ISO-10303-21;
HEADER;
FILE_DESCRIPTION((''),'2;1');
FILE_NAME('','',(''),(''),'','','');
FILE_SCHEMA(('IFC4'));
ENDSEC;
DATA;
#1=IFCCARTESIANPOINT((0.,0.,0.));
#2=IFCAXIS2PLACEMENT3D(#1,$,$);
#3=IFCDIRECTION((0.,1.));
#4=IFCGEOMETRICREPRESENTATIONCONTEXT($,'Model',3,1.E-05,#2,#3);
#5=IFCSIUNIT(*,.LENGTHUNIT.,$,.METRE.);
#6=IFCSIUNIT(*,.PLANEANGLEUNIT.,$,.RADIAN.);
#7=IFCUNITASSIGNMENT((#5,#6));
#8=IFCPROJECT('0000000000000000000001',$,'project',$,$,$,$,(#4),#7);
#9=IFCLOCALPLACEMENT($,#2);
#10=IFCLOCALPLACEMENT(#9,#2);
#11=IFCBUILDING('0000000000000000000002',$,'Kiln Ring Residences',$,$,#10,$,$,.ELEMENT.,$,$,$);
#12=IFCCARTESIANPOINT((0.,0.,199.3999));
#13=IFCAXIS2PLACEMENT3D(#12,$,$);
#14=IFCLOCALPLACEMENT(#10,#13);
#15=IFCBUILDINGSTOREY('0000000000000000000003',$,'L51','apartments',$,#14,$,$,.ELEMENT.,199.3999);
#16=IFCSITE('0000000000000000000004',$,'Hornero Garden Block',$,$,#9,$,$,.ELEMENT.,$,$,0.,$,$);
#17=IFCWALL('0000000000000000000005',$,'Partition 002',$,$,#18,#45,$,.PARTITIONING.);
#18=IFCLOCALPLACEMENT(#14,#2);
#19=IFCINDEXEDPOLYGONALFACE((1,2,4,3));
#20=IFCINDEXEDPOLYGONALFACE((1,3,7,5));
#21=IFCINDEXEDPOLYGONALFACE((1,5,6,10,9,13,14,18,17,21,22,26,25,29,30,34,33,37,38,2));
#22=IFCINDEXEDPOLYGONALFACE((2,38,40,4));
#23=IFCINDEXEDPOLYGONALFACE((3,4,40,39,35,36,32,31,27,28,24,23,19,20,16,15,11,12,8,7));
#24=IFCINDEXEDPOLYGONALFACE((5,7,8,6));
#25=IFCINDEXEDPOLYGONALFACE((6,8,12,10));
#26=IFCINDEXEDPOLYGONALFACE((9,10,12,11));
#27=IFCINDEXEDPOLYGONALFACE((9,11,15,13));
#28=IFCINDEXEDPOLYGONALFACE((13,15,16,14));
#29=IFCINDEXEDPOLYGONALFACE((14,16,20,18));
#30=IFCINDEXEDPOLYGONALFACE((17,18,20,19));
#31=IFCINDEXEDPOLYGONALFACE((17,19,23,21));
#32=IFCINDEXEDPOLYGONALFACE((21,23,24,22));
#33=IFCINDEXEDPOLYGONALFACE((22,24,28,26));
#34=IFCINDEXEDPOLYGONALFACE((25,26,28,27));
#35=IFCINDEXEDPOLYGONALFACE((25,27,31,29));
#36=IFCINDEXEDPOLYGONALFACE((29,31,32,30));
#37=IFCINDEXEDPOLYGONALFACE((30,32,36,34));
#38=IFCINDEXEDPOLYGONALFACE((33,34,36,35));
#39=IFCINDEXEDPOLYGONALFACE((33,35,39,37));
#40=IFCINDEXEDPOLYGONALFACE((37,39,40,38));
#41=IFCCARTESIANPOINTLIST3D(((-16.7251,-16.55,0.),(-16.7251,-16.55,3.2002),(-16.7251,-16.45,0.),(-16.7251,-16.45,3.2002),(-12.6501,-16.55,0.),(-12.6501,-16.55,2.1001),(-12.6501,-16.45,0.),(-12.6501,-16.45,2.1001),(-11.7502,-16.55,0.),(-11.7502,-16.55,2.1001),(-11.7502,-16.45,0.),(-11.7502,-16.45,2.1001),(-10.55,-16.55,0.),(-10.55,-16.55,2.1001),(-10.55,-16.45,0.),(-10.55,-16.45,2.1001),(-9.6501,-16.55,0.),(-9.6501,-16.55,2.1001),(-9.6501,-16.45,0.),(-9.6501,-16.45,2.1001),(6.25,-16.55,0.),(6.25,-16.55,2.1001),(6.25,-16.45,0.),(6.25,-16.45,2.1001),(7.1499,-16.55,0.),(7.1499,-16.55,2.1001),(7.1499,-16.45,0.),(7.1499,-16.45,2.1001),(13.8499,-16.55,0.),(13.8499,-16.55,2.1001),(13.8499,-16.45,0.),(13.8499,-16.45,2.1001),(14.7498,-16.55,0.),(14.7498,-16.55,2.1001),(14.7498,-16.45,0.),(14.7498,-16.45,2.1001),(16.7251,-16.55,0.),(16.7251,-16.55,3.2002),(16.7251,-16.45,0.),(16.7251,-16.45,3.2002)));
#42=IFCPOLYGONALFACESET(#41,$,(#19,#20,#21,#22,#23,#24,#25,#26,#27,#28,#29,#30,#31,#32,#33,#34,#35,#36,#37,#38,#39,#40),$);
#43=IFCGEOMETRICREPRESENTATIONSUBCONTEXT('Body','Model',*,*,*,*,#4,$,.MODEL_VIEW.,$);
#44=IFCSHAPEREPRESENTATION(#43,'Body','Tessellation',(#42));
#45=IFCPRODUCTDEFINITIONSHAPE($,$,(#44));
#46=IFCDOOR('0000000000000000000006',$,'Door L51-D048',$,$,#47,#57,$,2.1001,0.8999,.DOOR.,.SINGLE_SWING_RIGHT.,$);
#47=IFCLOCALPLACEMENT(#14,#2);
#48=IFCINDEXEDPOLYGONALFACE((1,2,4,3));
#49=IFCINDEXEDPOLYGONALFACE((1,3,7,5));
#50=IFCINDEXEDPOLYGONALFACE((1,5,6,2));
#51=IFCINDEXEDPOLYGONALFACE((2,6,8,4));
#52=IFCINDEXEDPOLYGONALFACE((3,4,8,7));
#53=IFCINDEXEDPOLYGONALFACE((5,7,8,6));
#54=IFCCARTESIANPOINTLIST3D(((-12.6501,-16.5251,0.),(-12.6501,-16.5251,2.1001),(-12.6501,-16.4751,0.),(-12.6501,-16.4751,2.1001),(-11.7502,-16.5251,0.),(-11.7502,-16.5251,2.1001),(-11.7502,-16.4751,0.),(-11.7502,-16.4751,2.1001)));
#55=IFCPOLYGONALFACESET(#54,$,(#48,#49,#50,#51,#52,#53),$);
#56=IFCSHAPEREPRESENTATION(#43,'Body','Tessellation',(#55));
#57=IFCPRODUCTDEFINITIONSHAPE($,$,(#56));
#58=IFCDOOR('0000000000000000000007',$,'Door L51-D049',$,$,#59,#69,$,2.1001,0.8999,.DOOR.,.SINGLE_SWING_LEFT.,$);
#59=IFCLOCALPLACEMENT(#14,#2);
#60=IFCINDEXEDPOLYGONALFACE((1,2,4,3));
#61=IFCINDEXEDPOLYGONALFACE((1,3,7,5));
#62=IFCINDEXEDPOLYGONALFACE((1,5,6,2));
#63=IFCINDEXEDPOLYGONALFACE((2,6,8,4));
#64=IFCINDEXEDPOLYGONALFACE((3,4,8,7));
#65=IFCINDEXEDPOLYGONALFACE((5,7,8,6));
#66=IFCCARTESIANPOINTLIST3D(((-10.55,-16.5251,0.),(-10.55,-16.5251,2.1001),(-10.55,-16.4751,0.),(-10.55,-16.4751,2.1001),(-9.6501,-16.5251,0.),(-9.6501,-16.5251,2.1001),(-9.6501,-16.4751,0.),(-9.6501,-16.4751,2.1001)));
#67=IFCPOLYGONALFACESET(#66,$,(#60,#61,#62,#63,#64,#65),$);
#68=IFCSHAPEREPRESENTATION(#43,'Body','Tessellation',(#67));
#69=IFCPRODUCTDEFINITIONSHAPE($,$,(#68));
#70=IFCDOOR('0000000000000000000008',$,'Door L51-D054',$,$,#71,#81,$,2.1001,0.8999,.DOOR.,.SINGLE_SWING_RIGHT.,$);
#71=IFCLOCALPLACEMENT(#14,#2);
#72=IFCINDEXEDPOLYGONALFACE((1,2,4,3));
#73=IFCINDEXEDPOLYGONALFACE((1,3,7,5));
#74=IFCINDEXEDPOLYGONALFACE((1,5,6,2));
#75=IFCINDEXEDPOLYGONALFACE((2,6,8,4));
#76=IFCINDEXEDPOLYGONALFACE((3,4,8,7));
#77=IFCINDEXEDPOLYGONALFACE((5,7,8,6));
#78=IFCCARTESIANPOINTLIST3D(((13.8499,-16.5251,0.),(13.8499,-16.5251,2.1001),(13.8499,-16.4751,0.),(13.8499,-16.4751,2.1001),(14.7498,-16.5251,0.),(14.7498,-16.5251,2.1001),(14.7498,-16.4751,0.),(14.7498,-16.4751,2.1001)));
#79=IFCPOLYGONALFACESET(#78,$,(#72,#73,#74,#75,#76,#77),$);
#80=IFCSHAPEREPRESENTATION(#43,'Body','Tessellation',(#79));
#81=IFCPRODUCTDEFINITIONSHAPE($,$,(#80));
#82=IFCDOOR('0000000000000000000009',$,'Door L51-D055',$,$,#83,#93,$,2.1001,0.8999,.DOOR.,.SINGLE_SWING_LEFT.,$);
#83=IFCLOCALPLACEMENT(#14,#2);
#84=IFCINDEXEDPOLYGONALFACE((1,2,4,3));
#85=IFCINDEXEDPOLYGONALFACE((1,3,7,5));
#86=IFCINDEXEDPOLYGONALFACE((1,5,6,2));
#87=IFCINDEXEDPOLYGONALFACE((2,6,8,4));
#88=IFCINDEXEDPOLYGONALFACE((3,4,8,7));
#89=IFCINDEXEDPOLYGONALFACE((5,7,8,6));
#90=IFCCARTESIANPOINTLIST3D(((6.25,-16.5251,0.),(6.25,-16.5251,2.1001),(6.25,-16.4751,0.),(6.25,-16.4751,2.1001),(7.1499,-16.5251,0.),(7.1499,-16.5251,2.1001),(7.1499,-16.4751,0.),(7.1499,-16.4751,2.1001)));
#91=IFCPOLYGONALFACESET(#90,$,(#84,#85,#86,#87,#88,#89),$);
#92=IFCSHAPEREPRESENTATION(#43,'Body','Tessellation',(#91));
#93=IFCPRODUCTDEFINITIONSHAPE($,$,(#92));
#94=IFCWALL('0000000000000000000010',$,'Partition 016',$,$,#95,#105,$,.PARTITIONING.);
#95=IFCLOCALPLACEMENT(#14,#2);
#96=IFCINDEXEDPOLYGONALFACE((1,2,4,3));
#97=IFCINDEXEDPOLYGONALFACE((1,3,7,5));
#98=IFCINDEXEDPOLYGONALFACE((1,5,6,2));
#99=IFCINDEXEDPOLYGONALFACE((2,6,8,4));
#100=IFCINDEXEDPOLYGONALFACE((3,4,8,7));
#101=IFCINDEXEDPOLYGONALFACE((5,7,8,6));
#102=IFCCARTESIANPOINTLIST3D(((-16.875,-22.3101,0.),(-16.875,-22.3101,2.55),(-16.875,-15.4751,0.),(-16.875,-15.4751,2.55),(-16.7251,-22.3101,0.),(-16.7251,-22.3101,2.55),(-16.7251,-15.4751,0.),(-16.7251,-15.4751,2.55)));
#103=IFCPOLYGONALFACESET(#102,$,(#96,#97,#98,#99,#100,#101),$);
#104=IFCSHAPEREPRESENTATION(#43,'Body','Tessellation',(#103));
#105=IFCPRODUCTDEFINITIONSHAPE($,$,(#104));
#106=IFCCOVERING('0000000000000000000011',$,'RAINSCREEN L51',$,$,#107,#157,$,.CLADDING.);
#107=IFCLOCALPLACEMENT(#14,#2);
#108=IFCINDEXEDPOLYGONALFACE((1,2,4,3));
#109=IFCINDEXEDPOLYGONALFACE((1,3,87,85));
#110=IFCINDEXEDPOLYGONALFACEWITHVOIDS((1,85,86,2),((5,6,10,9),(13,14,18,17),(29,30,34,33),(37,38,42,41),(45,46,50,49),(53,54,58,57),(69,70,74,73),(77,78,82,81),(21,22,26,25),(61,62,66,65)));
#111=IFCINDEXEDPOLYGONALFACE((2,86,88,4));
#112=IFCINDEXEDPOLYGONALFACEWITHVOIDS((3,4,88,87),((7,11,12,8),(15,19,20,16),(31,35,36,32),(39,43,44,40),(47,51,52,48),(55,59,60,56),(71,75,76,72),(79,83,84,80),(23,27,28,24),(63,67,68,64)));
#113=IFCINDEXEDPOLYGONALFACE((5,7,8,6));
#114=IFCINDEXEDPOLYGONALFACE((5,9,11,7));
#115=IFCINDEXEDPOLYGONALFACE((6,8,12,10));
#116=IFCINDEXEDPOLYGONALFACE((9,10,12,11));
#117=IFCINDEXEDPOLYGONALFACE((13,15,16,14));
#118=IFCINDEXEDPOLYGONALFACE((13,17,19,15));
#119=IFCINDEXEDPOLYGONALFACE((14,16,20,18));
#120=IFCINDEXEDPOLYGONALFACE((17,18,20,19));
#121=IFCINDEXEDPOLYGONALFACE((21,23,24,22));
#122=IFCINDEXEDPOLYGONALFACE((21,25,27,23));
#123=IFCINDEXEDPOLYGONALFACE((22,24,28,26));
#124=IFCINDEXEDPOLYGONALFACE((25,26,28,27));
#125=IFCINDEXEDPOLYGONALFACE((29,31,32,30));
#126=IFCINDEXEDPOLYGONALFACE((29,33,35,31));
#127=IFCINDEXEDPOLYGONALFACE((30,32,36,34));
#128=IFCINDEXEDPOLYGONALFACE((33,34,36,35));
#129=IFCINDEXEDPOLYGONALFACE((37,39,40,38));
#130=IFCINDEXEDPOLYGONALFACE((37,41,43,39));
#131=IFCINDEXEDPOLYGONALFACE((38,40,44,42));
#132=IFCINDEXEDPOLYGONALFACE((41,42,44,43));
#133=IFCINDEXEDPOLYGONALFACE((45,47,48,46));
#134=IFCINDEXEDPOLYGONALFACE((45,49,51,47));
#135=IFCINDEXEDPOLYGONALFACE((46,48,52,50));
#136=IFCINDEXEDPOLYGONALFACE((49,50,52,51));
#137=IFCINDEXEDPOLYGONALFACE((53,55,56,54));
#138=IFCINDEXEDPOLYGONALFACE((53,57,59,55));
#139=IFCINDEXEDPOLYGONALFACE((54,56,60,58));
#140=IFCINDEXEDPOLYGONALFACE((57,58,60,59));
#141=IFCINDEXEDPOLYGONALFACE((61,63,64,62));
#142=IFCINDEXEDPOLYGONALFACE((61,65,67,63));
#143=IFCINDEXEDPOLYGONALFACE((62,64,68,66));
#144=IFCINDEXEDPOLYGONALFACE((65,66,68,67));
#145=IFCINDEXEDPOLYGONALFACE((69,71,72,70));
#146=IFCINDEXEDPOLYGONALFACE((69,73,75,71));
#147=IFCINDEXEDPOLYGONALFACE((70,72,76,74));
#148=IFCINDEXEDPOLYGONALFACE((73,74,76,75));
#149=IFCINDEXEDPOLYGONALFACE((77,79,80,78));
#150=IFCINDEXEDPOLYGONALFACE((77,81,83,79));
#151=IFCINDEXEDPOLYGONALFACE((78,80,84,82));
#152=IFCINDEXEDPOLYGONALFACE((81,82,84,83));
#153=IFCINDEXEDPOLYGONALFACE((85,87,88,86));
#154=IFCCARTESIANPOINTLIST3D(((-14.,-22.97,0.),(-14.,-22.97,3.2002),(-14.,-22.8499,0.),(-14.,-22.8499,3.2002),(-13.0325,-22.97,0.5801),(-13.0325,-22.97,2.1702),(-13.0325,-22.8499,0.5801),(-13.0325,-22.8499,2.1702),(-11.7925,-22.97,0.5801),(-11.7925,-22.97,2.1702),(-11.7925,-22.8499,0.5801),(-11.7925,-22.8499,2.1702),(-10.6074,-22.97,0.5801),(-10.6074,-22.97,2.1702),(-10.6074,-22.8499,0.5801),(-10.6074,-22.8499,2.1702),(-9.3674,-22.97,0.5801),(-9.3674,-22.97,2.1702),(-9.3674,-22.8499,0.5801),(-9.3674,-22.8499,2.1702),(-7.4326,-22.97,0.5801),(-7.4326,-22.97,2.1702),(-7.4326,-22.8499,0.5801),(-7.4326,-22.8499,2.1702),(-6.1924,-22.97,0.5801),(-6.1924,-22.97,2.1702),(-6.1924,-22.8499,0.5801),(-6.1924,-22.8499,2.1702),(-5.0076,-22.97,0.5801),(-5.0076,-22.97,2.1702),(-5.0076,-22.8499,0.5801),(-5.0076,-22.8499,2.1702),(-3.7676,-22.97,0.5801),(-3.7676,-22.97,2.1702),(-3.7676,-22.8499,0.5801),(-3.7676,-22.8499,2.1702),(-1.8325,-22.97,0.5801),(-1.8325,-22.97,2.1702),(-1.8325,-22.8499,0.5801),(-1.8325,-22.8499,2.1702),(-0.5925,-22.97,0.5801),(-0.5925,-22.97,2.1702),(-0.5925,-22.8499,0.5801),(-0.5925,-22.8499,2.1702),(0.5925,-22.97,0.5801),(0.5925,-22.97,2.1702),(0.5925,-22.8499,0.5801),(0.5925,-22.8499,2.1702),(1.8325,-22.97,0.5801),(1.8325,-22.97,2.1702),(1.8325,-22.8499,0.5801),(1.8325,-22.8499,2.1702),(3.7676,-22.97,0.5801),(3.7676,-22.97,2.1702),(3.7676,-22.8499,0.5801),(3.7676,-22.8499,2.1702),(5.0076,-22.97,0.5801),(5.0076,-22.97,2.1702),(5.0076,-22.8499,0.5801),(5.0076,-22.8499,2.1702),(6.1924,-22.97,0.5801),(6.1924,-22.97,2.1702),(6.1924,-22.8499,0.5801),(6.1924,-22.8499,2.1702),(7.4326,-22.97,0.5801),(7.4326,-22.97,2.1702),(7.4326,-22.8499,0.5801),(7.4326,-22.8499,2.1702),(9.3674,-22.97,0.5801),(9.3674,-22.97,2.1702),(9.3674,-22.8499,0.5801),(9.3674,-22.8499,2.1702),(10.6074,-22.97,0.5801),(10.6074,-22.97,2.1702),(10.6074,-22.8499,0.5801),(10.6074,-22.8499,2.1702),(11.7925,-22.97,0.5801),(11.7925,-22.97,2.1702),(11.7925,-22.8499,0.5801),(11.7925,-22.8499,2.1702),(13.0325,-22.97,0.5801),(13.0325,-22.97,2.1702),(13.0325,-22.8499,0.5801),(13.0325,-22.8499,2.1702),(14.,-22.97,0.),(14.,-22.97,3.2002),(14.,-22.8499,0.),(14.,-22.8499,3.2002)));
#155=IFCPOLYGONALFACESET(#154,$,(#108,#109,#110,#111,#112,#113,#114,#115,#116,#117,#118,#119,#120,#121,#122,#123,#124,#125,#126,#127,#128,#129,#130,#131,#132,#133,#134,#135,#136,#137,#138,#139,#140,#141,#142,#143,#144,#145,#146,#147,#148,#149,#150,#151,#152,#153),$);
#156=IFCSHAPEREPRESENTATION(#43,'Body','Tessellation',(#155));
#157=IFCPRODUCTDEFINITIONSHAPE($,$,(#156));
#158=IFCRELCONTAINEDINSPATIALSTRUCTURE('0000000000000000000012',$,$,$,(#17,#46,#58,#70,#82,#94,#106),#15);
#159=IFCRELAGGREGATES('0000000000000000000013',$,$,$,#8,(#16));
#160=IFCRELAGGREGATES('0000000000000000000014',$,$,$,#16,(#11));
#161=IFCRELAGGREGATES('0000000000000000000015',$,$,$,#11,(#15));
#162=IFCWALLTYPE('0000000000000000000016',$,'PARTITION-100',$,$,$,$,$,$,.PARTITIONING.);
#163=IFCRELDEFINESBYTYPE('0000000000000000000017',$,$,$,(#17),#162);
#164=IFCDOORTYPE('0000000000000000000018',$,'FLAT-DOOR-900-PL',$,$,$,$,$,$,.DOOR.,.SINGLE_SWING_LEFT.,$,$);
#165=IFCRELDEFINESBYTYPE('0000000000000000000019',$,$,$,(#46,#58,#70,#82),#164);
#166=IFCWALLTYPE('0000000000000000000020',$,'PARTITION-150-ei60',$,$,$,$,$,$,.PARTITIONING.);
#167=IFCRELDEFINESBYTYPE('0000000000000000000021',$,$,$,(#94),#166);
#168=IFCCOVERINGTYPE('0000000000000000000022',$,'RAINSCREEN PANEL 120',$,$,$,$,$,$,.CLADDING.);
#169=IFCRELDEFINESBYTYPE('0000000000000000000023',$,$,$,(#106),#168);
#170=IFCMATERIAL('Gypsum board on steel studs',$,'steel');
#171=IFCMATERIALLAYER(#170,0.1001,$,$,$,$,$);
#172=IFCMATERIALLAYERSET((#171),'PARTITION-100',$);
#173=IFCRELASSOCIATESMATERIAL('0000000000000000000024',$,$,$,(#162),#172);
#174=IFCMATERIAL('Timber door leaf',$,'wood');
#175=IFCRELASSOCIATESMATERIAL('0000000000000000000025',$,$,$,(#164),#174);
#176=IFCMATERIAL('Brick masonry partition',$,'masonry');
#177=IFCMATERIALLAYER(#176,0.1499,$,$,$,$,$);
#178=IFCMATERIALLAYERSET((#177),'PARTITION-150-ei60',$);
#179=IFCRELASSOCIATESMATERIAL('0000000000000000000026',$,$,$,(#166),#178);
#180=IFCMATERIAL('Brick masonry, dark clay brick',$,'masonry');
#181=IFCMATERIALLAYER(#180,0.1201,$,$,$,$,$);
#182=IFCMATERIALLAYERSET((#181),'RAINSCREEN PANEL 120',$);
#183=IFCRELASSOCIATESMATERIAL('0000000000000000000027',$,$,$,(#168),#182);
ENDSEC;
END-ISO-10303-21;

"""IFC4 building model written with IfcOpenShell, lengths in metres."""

from ifc_helpers import new_model, si_unit, direction, frame, frame_2d, origin, place, context, subcontext, project, spatial, polyline, rectangle, outline, extrude, material, layer, layer_set, type_object, element, fill, save


model = new_model("IFC4")

# Units and contexts
model_context = context("Model", 3, precision=1e-05, world=origin(), true_north=direction((0.0, 1.0)))
body_context = subcontext(model_context, "Body", "Model", "MODEL_VIEW")
ifc_project = project(units=[si_unit("LENGTHUNIT", "METRE"), si_unit("PLANEANGLEUNIT", "RADIAN")], contexts=[model_context])

# Site, building, storey
site_placement = place(None, origin())
site = spatial("IfcSite", under=ifc_project, at=site_placement, Name="Hornero Garden Block", CompositionType="ELEMENT", RefElevation=0.0)
building_placement = place(site_placement, origin())
building = spatial("IfcBuilding", under=site, at=building_placement, Name="Kiln Ring Residences", CompositionType="ELEMENT")
storey_placement = place(building_placement, frame((0.0, 0.0, 199.3999)))
storey = spatial("IfcBuildingStorey", under=building, at=storey_placement, Name="L51", Description="apartments", CompositionType="ELEMENT", Elevation=199.3999)

# Wall, openings, doors
ifc_material_1 = material(Name="Gypsum board on steel studs", Category="steel")
ifc_layer_1 = layer(ifc_material_1, 0.1001)
ifc_layer_set_1 = layer_set([ifc_layer_1], Name="PARTITION-100")
wall_type_1 = type_object("IfcWallType", Name="PARTITION-100", PredefinedType="PARTITIONING", material=ifc_layer_set_1)
wall_1_placement = place(storey_placement, frame((-16.7251, -16.5, 0.0), z_axis=(0.0, 0.0, 1.0), x_axis=(1.0, 0.0, 0.0)))
wall_1 = element("IfcWall", 1, at=wall_1_placement, inside=storey, type_object=wall_type_1, Name="Partition 002", PredefinedType="PARTITIONING", context=body_context, shape_type="SweptSolid", body=[
    extrude(rectangle(XDim=33.4502, YDim=0.1001, at=frame_2d((16.7251, 0.0))), origin(), (0.0, 0.0, 1.0), 3.2002),
])
opening_1_placement = place(wall_1_placement, frame((4.075, 0.0, 0.0)))
opening_1 = element("IfcOpeningElement", 2, at=opening_1_placement, cuts=wall_1, PredefinedType="OPENING", context=body_context, shape_type="SweptSolid", body=[
    extrude(rectangle(XDim=0.8999, YDim=2.1001, at=frame_2d((0.45, 1.05))), frame((0.0, 0.0601, 0.0), z_axis=(0.0, -1.0, 0.0), x_axis=(1.0, 0.0, 0.0)), (0.0, 0.0, 1.0), 0.1201),
])
opening_2_placement = place(wall_1_placement, frame((6.175, 0.0, 0.0)))
opening_2 = element("IfcOpeningElement", 3, at=opening_2_placement, cuts=wall_1, PredefinedType="OPENING", context=body_context, shape_type="SweptSolid", body=[
    extrude(rectangle(XDim=0.8999, YDim=2.1001, at=frame_2d((0.45, 1.05))), frame((0.0, 0.0601, 0.0), z_axis=(0.0, -1.0, 0.0), x_axis=(1.0, 0.0, 0.0)), (0.0, 0.0, 1.0), 0.1201),
])
opening_3_placement = place(wall_1_placement, frame((30.575, 0.0, 0.0)))
opening_3 = element("IfcOpeningElement", 4, at=opening_3_placement, cuts=wall_1, PredefinedType="OPENING", context=body_context, shape_type="SweptSolid", body=[
    extrude(rectangle(XDim=0.8999, YDim=2.1001, at=frame_2d((0.45, 1.05))), frame((0.0, 0.0601, 0.0), z_axis=(0.0, -1.0, 0.0), x_axis=(1.0, 0.0, 0.0)), (0.0, 0.0, 1.0), 0.1201),
])
opening_4_placement = place(wall_1_placement, frame((22.9751, 0.0, 0.0)))
opening_4 = element("IfcOpeningElement", 5, at=opening_4_placement, cuts=wall_1, PredefinedType="OPENING", context=body_context, shape_type="SweptSolid", body=[
    extrude(rectangle(XDim=0.8999, YDim=2.1001, at=frame_2d((0.45, 1.05))), frame((0.0, 0.0601, 0.0), z_axis=(0.0, -1.0, 0.0), x_axis=(1.0, 0.0, 0.0)), (0.0, 0.0, 1.0), 0.1201),
])
ifc_material_2 = material(Name="Timber door leaf", Category="wood")
door_type = type_object("IfcDoorType", Name="FLAT-DOOR-900-PL", OperationType="SINGLE_SWING_LEFT", PredefinedType="DOOR", material=ifc_material_2)
door_1_placement = place(opening_1_placement, origin())
door_1 = element("IfcDoor", 6, at=door_1_placement, inside=storey, type_object=door_type, Name="Door L51-D048", OperationType="SINGLE_SWING_RIGHT", OverallHeight=2.1001, OverallWidth=0.8999, PredefinedType="DOOR", context=body_context, shape_type="SweptSolid", body=[
    extrude(rectangle(XDim=0.8999, YDim=2.1001, at=frame_2d((0.45, 1.05))), frame((0.0, 0.0249, 0.0), z_axis=(0.0, -1.0, 0.0), x_axis=(1.0, 0.0, 0.0)), (0.0, 0.0, 1.0), 0.05),
])
fill(opening_1, door_1)
door_2_placement = place(opening_2_placement, origin())
door_2 = element("IfcDoor", 7, at=door_2_placement, inside=storey, type_object=door_type, Name="Door L51-D049", OperationType="SINGLE_SWING_LEFT", OverallHeight=2.1001, OverallWidth=0.8999, PredefinedType="DOOR", context=body_context, shape_type="SweptSolid", body=[
    extrude(rectangle(XDim=0.8999, YDim=2.1001, at=frame_2d((0.45, 1.05))), frame((0.0, 0.0249, 0.0), z_axis=(0.0, -1.0, 0.0), x_axis=(1.0, 0.0, 0.0)), (0.0, 0.0, 1.0), 0.05),
])
fill(opening_2, door_2)
door_3_placement = place(opening_3_placement, origin())
door_3 = element("IfcDoor", 8, at=door_3_placement, inside=storey, type_object=door_type, Name="Door L51-D054", OperationType="SINGLE_SWING_RIGHT", OverallHeight=2.1001, OverallWidth=0.8999, PredefinedType="DOOR", context=body_context, shape_type="SweptSolid", body=[
    extrude(rectangle(XDim=0.8999, YDim=2.1001, at=frame_2d((0.45, 1.05))), frame((0.0, 0.0249, 0.0), z_axis=(0.0, -1.0, 0.0), x_axis=(1.0, 0.0, 0.0)), (0.0, 0.0, 1.0), 0.05),
])
fill(opening_3, door_3)
door_4_placement = place(opening_4_placement, origin())
door_4 = element("IfcDoor", 9, at=door_4_placement, inside=storey, type_object=door_type, Name="Door L51-D055", OperationType="SINGLE_SWING_LEFT", OverallHeight=2.1001, OverallWidth=0.8999, PredefinedType="DOOR", context=body_context, shape_type="SweptSolid", body=[
    extrude(rectangle(XDim=0.8999, YDim=2.1001, at=frame_2d((0.45, 1.05))), frame((0.0, 0.0249, 0.0), z_axis=(0.0, -1.0, 0.0), x_axis=(1.0, 0.0, 0.0)), (0.0, 0.0, 1.0), 0.05),
])
fill(opening_4, door_4)

# Wall
ifc_material_3 = material(Name="Brick masonry partition", Category="masonry")
ifc_layer_2 = layer(ifc_material_3, 0.1499)
ifc_layer_set_2 = layer_set([ifc_layer_2], Name="PARTITION-150-ei60")
wall_type_2 = type_object("IfcWallType", Name="PARTITION-150-ei60", PredefinedType="PARTITIONING", material=ifc_layer_set_2)
wall_2_placement = place(storey_placement, frame((-16.8, -22.3101, 0.0), z_axis=(0.0, 0.0, 1.0), x_axis=(0.0, 1.0, 0.0)))
element("IfcWall", 10, at=wall_2_placement, inside=storey, type_object=wall_type_2, Name="Partition 016", PredefinedType="PARTITIONING", context=body_context, shape_type="SweptSolid", body=[
    extrude(rectangle(XDim=6.835, YDim=0.1499, at=frame_2d((3.4175, 0.0))), origin(), (0.0, 0.0, 1.0), 2.55),
])

# Covering
ifc_material_4 = material(Name="Brick masonry, dark clay brick", Category="masonry")
ifc_layer_3 = layer(ifc_material_4, 0.1201)
ifc_layer_set_3 = layer_set([ifc_layer_3], Name="RAINSCREEN PANEL 120")
covering_type = type_object("IfcCoveringType", Name="RAINSCREEN PANEL 120", PredefinedType="CLADDING", material=ifc_layer_set_3)
covering_placement = place(storey_placement, frame((-14.0, -22.9099, 0.0), z_axis=(0.0, 0.0, 1.0), x_axis=(1.0, 0.0, 0.0)))
element("IfcCovering", 11, at=covering_placement, inside=storey, type_object=covering_type, Name="RAINSCREEN L51", PredefinedType="CLADDING", context=body_context, shape_type="SweptSolid", body=[
    extrude(outline(polyline([(0.0, 0.0), (28.0, 0.0), (28.0, 3.2002), (0.0, 3.2002), (0.0, 0.0)]), holes=[polyline([(0.9675, 0.5801), (2.2075, 0.5801), (2.2075, 2.1702), (0.9675, 2.1702), (0.9675, 0.5801)]), polyline([(3.3926, 0.5801), (4.6326, 0.5801), (4.6326, 2.1702), (3.3926, 2.1702), (3.3926, 0.5801)]), polyline([(6.5674, 0.5801), (7.8076, 0.5801), (7.8076, 2.1702), (6.5674, 2.1702), (6.5674, 0.5801)]), polyline([(8.9924, 2.1702), (8.9924, 0.5801), (10.2324, 0.5801), (10.2324, 2.1702), (8.9924, 2.1702)]), polyline([(12.1675, 2.1702), (12.1675, 0.5801), (13.4075, 0.5801), (13.4075, 2.1702), (12.1675, 2.1702)]), polyline([(14.5925, 0.5801), (15.8325, 0.5801), (15.8325, 2.1702), (14.5925, 2.1702), (14.5925, 0.5801)]), polyline([(17.7676, 0.5801), (19.0076, 0.5801), (19.0076, 2.1702), (17.7676, 2.1702), (17.7676, 0.5801)]), polyline([(20.1924, 0.5801), (21.4326, 0.5801), (21.4326, 2.1702), (20.1924, 2.1702), (20.1924, 0.5801)]), polyline([(23.3674, 2.1702), (23.3674, 0.5801), (24.6074, 0.5801), (24.6074, 2.1702), (23.3674, 2.1702)]), polyline([(25.7925, 2.1702), (25.7925, 0.5801), (27.0325, 0.5801), (27.0325, 2.1702), (25.7925, 2.1702)])]), frame((0.0, 0.0601, 0.0), z_axis=(0.0, -1.0, 0.0), x_axis=(1.0, 0.0, 0.0)), (0.0, 0.0, 1.0), 0.1201),
])

save(model, "model.ifc")
